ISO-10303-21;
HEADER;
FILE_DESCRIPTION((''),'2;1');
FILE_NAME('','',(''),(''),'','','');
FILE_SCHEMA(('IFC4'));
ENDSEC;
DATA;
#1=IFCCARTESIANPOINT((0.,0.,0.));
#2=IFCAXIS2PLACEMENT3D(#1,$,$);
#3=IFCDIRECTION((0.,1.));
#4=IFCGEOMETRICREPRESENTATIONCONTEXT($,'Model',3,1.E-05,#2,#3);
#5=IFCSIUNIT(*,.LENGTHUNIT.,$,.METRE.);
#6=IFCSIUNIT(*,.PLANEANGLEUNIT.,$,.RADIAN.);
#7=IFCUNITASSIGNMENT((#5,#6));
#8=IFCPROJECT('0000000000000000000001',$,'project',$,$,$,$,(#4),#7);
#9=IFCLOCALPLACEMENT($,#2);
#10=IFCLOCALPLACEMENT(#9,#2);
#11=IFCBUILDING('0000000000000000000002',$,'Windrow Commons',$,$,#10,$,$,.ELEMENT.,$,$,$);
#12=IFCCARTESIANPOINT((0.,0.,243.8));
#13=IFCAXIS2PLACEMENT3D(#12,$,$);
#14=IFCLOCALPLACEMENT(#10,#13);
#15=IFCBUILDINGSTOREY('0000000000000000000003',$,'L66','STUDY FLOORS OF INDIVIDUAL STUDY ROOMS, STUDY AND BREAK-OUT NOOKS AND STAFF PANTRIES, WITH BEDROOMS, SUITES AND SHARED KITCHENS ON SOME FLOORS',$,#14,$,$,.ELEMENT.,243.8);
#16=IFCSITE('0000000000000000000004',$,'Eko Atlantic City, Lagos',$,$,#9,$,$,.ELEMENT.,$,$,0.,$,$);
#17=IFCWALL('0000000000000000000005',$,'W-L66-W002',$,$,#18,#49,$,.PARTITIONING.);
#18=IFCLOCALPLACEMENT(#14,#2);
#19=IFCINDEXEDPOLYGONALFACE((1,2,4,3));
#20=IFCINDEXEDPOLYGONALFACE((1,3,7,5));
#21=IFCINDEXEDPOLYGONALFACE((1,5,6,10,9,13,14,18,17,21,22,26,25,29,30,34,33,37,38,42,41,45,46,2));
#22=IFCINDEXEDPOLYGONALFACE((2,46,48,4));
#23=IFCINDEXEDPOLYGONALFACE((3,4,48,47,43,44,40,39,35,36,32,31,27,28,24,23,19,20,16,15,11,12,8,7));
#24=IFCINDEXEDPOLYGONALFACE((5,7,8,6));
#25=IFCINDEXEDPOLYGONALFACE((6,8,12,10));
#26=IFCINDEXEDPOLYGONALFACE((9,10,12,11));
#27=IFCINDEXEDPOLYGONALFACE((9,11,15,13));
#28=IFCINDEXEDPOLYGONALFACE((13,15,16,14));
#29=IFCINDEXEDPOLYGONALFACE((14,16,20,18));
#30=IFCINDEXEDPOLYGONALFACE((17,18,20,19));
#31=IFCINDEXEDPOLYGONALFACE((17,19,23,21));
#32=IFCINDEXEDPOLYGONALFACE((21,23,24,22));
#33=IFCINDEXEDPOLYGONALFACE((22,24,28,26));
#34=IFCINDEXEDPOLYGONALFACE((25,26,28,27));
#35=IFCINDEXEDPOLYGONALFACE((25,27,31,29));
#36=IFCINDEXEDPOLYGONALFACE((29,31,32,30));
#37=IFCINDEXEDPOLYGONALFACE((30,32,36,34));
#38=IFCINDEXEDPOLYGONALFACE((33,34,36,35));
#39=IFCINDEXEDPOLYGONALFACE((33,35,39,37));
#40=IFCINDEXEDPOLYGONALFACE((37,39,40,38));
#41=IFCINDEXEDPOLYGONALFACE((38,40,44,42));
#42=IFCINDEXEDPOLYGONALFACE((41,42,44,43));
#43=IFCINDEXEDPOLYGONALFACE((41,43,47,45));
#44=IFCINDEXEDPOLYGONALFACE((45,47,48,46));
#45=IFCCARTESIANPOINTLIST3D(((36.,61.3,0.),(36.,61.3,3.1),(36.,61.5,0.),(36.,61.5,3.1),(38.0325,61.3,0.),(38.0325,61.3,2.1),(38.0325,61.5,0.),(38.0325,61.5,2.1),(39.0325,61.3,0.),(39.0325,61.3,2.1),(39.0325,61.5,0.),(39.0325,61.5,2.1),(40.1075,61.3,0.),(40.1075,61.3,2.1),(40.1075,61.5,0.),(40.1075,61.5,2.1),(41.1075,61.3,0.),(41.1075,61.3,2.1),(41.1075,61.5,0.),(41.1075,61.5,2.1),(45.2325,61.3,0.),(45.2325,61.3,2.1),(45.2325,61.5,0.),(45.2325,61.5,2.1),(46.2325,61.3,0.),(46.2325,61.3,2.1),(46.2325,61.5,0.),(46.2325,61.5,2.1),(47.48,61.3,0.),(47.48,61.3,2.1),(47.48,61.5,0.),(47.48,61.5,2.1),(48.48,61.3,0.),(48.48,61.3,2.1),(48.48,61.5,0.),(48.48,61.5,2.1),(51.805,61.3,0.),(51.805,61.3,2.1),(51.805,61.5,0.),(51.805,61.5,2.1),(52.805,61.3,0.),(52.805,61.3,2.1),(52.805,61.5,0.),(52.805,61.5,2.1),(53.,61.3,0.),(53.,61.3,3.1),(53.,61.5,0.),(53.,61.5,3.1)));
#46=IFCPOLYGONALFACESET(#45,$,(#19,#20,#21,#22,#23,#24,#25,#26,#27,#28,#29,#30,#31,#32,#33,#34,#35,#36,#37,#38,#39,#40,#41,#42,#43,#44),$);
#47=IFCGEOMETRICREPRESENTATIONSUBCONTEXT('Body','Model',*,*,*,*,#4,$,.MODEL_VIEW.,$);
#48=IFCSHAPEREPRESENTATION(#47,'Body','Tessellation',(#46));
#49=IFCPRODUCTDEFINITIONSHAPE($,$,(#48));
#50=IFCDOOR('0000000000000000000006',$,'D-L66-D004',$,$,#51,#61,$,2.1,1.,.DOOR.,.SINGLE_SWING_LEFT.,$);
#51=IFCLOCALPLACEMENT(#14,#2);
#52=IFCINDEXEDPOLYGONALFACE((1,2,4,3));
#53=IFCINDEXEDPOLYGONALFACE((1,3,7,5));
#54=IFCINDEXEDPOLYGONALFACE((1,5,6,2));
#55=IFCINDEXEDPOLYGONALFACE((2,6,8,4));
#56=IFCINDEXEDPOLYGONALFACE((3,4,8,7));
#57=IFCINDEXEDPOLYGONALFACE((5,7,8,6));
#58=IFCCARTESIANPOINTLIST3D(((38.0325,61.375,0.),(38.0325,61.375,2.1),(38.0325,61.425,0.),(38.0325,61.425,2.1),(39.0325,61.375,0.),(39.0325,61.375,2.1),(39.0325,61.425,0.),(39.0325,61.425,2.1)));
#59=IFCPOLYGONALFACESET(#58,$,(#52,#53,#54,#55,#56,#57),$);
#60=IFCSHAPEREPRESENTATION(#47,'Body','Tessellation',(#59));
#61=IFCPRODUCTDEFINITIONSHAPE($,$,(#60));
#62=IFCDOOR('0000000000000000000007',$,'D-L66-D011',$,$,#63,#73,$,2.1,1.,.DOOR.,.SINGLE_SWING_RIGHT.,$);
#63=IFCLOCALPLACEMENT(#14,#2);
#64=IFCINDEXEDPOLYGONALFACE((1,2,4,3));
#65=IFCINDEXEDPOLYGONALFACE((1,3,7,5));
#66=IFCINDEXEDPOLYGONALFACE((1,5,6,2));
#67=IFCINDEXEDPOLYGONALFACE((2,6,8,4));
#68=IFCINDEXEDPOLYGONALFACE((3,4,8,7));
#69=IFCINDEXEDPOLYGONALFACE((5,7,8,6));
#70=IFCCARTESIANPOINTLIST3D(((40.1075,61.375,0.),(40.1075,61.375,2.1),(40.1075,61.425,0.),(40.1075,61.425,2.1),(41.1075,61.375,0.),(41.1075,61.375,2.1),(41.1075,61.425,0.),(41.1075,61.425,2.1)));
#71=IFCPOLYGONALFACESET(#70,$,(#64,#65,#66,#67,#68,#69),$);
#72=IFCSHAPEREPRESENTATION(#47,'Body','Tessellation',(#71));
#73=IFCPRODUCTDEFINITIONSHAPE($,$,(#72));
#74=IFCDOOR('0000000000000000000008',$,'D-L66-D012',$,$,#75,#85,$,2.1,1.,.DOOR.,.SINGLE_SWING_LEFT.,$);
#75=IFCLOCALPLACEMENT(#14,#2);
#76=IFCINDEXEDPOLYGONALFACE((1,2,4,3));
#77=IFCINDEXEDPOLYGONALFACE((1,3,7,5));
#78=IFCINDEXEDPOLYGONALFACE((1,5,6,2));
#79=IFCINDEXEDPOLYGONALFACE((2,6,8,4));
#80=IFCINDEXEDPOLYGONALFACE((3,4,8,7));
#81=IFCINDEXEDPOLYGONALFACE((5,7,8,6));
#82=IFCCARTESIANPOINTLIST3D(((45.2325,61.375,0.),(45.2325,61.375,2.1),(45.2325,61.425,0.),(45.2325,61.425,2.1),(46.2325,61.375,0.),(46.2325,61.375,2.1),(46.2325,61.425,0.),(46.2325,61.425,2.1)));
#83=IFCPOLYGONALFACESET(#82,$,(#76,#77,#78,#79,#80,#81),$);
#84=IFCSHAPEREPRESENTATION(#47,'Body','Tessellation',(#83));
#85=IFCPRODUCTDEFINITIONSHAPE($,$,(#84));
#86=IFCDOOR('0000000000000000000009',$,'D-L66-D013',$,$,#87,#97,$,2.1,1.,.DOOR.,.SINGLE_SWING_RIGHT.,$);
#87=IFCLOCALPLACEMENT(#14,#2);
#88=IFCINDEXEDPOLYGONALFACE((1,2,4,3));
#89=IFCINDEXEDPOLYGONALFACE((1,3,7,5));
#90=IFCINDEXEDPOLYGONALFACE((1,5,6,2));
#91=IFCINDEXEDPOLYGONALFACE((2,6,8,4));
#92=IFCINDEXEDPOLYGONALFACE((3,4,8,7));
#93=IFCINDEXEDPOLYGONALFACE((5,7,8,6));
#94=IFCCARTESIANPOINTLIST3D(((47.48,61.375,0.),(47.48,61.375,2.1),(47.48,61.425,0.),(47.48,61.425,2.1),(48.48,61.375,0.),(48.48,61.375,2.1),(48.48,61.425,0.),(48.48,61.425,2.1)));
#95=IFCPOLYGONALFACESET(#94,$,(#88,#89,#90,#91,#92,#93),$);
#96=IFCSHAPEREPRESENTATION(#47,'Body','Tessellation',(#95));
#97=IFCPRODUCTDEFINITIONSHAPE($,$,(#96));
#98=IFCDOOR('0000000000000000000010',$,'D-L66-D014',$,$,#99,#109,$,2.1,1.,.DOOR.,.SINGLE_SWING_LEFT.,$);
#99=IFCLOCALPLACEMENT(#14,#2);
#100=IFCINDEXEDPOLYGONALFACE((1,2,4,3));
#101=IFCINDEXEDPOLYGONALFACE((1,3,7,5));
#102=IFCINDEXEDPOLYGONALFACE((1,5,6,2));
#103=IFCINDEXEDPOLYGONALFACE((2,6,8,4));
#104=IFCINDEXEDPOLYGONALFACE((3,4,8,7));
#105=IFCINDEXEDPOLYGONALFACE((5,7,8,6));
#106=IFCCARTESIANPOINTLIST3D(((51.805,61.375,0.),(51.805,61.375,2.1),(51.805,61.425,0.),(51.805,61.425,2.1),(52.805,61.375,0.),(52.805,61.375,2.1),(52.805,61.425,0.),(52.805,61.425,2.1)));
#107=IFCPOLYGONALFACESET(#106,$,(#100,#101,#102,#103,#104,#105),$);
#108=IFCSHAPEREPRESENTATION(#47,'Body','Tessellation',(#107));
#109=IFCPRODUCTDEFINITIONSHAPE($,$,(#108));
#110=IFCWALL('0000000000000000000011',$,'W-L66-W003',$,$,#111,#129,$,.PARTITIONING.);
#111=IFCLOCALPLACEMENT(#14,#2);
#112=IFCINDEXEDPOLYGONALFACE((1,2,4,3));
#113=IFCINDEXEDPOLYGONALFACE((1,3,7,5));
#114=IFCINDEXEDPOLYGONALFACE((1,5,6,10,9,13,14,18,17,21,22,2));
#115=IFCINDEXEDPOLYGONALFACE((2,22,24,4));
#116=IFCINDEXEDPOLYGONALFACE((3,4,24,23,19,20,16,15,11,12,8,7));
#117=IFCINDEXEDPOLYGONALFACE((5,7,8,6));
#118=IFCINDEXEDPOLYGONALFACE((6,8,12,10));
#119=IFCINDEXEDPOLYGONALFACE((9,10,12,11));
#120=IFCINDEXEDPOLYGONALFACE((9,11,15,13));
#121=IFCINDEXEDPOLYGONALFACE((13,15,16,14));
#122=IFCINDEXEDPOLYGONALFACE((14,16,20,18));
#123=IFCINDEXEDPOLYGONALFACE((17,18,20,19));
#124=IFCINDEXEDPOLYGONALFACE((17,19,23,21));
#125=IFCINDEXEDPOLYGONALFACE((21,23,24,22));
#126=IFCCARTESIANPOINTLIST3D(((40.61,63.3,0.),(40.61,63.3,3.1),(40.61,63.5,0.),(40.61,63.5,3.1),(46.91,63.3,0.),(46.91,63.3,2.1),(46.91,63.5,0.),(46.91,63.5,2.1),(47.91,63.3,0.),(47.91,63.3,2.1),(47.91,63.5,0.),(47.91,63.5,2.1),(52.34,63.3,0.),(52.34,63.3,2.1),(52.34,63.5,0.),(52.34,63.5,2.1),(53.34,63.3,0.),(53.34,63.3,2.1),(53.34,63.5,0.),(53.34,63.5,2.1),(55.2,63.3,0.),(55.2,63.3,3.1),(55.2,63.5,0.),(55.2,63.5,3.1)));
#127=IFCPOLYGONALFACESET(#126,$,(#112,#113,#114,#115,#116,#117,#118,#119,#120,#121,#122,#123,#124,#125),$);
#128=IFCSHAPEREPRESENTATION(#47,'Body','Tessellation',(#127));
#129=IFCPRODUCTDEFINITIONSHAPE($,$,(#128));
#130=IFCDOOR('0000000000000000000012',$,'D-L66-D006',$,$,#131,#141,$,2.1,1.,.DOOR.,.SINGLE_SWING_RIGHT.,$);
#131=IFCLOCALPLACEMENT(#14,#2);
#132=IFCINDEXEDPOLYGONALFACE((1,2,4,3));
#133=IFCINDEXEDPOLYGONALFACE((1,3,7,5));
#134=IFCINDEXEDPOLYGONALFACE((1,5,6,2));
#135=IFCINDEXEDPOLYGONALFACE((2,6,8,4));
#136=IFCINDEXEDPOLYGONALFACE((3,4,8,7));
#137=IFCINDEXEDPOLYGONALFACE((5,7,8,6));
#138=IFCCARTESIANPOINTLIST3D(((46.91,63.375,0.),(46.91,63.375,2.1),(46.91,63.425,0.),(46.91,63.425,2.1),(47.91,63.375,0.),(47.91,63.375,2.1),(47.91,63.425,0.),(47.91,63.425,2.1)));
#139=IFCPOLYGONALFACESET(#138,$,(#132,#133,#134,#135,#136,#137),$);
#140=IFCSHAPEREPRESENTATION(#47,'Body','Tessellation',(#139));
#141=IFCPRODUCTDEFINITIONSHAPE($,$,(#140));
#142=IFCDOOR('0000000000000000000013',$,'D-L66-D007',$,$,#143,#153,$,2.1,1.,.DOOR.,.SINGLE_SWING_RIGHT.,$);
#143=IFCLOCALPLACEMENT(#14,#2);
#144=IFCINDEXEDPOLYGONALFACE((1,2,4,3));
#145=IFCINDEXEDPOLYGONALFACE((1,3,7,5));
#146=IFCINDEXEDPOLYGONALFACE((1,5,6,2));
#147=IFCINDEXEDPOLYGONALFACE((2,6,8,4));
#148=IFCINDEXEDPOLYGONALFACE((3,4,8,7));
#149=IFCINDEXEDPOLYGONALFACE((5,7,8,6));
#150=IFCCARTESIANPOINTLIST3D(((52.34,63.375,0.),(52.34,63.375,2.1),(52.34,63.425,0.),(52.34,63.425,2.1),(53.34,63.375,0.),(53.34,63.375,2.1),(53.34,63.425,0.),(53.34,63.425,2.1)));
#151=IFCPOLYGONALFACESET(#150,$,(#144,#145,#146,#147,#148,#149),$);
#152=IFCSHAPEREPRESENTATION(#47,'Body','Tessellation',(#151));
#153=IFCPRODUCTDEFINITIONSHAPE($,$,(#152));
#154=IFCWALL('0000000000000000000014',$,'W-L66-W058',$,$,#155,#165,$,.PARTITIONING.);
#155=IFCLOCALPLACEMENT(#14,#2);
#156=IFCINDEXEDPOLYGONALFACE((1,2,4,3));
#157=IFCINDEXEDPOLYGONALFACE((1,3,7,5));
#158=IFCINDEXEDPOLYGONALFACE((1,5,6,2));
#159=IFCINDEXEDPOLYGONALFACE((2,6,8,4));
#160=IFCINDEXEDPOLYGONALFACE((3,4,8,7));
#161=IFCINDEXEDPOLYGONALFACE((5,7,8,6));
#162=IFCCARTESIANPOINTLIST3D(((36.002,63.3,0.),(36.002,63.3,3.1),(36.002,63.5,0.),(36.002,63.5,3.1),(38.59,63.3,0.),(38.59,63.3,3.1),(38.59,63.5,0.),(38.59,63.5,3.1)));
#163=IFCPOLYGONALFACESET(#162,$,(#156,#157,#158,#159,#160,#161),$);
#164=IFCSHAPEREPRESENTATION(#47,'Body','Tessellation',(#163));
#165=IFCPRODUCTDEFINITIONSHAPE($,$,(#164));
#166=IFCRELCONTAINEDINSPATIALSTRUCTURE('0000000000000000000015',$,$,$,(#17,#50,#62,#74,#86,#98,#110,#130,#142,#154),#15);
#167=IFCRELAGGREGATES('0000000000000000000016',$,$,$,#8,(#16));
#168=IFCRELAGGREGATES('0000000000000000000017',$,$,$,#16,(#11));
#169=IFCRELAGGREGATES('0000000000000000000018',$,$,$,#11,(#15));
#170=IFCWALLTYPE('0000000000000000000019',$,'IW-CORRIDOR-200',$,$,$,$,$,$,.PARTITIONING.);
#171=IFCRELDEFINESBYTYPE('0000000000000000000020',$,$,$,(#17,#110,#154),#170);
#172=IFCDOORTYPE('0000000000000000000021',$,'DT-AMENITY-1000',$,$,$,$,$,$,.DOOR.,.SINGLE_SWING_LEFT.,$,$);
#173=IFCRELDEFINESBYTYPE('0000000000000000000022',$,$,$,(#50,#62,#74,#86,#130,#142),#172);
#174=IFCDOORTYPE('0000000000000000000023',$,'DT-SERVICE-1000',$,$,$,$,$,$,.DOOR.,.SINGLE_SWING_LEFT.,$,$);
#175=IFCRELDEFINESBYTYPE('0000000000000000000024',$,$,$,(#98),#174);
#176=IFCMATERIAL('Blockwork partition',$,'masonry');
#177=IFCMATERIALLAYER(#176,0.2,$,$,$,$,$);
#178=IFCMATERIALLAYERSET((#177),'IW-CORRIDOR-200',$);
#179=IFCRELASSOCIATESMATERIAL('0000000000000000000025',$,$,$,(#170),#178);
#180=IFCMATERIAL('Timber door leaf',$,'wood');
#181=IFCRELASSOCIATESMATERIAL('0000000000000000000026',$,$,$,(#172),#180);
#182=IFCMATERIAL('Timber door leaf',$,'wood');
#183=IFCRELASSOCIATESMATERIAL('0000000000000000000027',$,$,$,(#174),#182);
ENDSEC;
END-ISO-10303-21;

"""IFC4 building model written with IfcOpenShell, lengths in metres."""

from ifc_helpers import new_model, si_unit, direction, frame, frame_2d, origin, place, context, subcontext, project, spatial, rectangle, extrude, material, layer, layer_set, type_object, element, fill, save


model = new_model("IFC4")

# Units and contexts
model_context = context("Model", 3, precision=1e-05, world=origin(), true_north=direction((0.0, 1.0)))
body_context = subcontext(model_context, "Body", "Model", "MODEL_VIEW")
ifc_project = project(units=[si_unit("LENGTHUNIT", "METRE"), si_unit("PLANEANGLEUNIT", "RADIAN")], contexts=[model_context])

# Site, building, storey
site_placement = place(None, origin())
site = spatial("IfcSite", under=ifc_project, at=site_placement, Name="Eko Atlantic City, Lagos", CompositionType="ELEMENT", RefElevation=0.0)
building_placement = place(site_placement, origin())
building = spatial("IfcBuilding", under=site, at=building_placement, Name="Windrow Commons", CompositionType="ELEMENT")
storey_placement = place(building_placement, frame((0.0, 0.0, 243.8)))
storey = spatial("IfcBuildingStorey", under=building, at=storey_placement, Name="L66", Description="STUDY FLOORS OF INDIVIDUAL STUDY ROOMS, STUDY AND BREAK-OUT NOOKS AND STAFF PANTRIES, WITH BEDROOMS, SUITES AND SHARED KITCHENS ON SOME FLOORS", CompositionType="ELEMENT", Elevation=243.8)

# Walls, openings, doors
ifc_material_1 = material(Name="Blockwork partition", Category="masonry")
ifc_layer_1 = layer(ifc_material_1, 0.2)
ifc_layer_set_1 = layer_set([ifc_layer_1], Name="IW-CORRIDOR-200")
wall_type_1 = type_object("IfcWallType", Name="IW-CORRIDOR-200", PredefinedType="PARTITIONING", material=ifc_layer_set_1)
wall_1_placement = place(storey_placement, frame((36.0, 61.4, 0.0), z_axis=(0.0, 0.0, 1.0), x_axis=(1.0, 0.0, 0.0)))
wall_1 = element("IfcWall", 1, at=wall_1_placement, inside=storey, type_object=wall_type_1, Name="W-L66-W002", PredefinedType="PARTITIONING", context=body_context, shape_type="SweptSolid", body=[
    extrude(rectangle(XDim=17.0, YDim=0.2, at=frame_2d((8.5, 0.0))), origin(), (0.0, 0.0, 1.0), 3.1),
])
opening_1_placement = place(wall_1_placement, frame((2.0325, 0.0, 0.0)))
opening_1 = element("IfcOpeningElement", 2, at=opening_1_placement, cuts=wall_1, PredefinedType="OPENING", context=body_context, shape_type="SweptSolid", body=[
    extrude(rectangle(XDim=1.0, YDim=2.1, at=frame_2d((0.5, 1.05))), frame((0.0, 0.11, 0.0), z_axis=(0.0, -1.0, 0.0), x_axis=(1.0, 0.0, 0.0)), (0.0, 0.0, 1.0), 0.22),
])
opening_2_placement = place(wall_1_placement, frame((4.1075, 0.0, 0.0)))
opening_2 = element("IfcOpeningElement", 3, at=opening_2_placement, cuts=wall_1, PredefinedType="OPENING", context=body_context, shape_type="SweptSolid", body=[
    extrude(rectangle(XDim=1.0, YDim=2.1, at=frame_2d((0.5, 1.05))), frame((0.0, 0.11, 0.0), z_axis=(0.0, -1.0, 0.0), x_axis=(1.0, 0.0, 0.0)), (0.0, 0.0, 1.0), 0.22),
])
opening_3_placement = place(wall_1_placement, frame((9.2325, 0.0, 0.0)))
opening_3 = element("IfcOpeningElement", 4, at=opening_3_placement, cuts=wall_1, PredefinedType="OPENING", context=body_context, shape_type="SweptSolid", body=[
    extrude(rectangle(XDim=1.0, YDim=2.1, at=frame_2d((0.5, 1.05))), frame((0.0, 0.11, 0.0), z_axis=(0.0, -1.0, 0.0), x_axis=(1.0, 0.0, 0.0)), (0.0, 0.0, 1.0), 0.22),
])
opening_4_placement = place(wall_1_placement, frame((11.48, 0.0, 0.0)))
opening_4 = element("IfcOpeningElement", 5, at=opening_4_placement, cuts=wall_1, PredefinedType="OPENING", context=body_context, shape_type="SweptSolid", body=[
    extrude(rectangle(XDim=1.0, YDim=2.1, at=frame_2d((0.5, 1.05))), frame((0.0, 0.11, 0.0), z_axis=(0.0, -1.0, 0.0), x_axis=(1.0, 0.0, 0.0)), (0.0, 0.0, 1.0), 0.22),
])
opening_5_placement = place(wall_1_placement, frame((15.805, 0.0, 0.0)))
opening_5 = element("IfcOpeningElement", 6, at=opening_5_placement, cuts=wall_1, PredefinedType="OPENING", context=body_context, shape_type="SweptSolid", body=[
    extrude(rectangle(XDim=1.0, YDim=2.1, at=frame_2d((0.5, 1.05))), frame((0.0, 0.11, 0.0), z_axis=(0.0, -1.0, 0.0), x_axis=(1.0, 0.0, 0.0)), (0.0, 0.0, 1.0), 0.22),
])
ifc_material_2 = material(Name="Timber door leaf", Category="wood")
door_type_1 = type_object("IfcDoorType", Name="DT-AMENITY-1000", OperationType="SINGLE_SWING_LEFT", PredefinedType="DOOR", material=ifc_material_2)
door_1_placement = place(opening_1_placement, origin())
door_1 = element("IfcDoor", 7, at=door_1_placement, inside=storey, type_object=door_type_1, Name="D-L66-D004", OperationType="SINGLE_SWING_LEFT", OverallHeight=2.1, OverallWidth=1.0, PredefinedType="DOOR", context=body_context, shape_type="SweptSolid", body=[
    extrude(rectangle(XDim=1.0, YDim=2.1, at=frame_2d((0.5, 1.05))), frame((0.0, 0.025, 0.0), z_axis=(0.0, -1.0, 0.0), x_axis=(1.0, 0.0, 0.0)), (0.0, 0.0, 1.0), 0.05),
])
fill(opening_1, door_1)
door_2_placement = place(opening_2_placement, origin())
door_2 = element("IfcDoor", 8, at=door_2_placement, inside=storey, type_object=door_type_1, Name="D-L66-D011", OperationType="SINGLE_SWING_RIGHT", OverallHeight=2.1, OverallWidth=1.0, PredefinedType="DOOR", context=body_context, shape_type="SweptSolid", body=[
    extrude(rectangle(XDim=1.0, YDim=2.1, at=frame_2d((0.5, 1.05))), frame((0.0, 0.025, 0.0), z_axis=(0.0, -1.0, 0.0), x_axis=(1.0, 0.0, 0.0)), (0.0, 0.0, 1.0), 0.05),
])
fill(opening_2, door_2)
door_3_placement = place(opening_3_placement, origin())
door_3 = element("IfcDoor", 9, at=door_3_placement, inside=storey, type_object=door_type_1, Name="D-L66-D012", OperationType="SINGLE_SWING_LEFT", OverallHeight=2.1, OverallWidth=1.0, PredefinedType="DOOR", context=body_context, shape_type="SweptSolid", body=[
    extrude(rectangle(XDim=1.0, YDim=2.1, at=frame_2d((0.5, 1.05))), frame((0.0, 0.025, 0.0), z_axis=(0.0, -1.0, 0.0), x_axis=(1.0, 0.0, 0.0)), (0.0, 0.0, 1.0), 0.05),
])
fill(opening_3, door_3)
door_4_placement = place(opening_4_placement, origin())
door_4 = element("IfcDoor", 10, at=door_4_placement, inside=storey, type_object=door_type_1, Name="D-L66-D013", OperationType="SINGLE_SWING_RIGHT", OverallHeight=2.1, OverallWidth=1.0, PredefinedType="DOOR", context=body_context, shape_type="SweptSolid", body=[
    extrude(rectangle(XDim=1.0, YDim=2.1, at=frame_2d((0.5, 1.05))), frame((0.0, 0.025, 0.0), z_axis=(0.0, -1.0, 0.0), x_axis=(1.0, 0.0, 0.0)), (0.0, 0.0, 1.0), 0.05),
])
fill(opening_4, door_4)
ifc_material_3 = material(Name="Timber door leaf", Category="wood")
door_type_2 = type_object("IfcDoorType", Name="DT-SERVICE-1000", OperationType="SINGLE_SWING_LEFT", PredefinedType="DOOR", material=ifc_material_3)
door_5_placement = place(opening_5_placement, origin())
door_5 = element("IfcDoor", 11, at=door_5_placement, inside=storey, type_object=door_type_2, Name="D-L66-D014", OperationType="SINGLE_SWING_LEFT", OverallHeight=2.1, OverallWidth=1.0, PredefinedType="DOOR", context=body_context, shape_type="SweptSolid", body=[
    extrude(rectangle(XDim=1.0, YDim=2.1, at=frame_2d((0.5, 1.05))), frame((0.0, 0.025, 0.0), z_axis=(0.0, -1.0, 0.0), x_axis=(1.0, 0.0, 0.0)), (0.0, 0.0, 1.0), 0.05),
])
fill(opening_5, door_5)
wall_2_placement = place(storey_placement, frame((40.61, 63.4, 0.0), z_axis=(0.0, 0.0, 1.0), x_axis=(1.0, 0.0, 0.0)))
wall_2 = element("IfcWall", 12, at=wall_2_placement, inside=storey, type_object=wall_type_1, Name="W-L66-W003", PredefinedType="PARTITIONING", context=body_context, shape_type="SweptSolid", body=[
    extrude(rectangle(XDim=14.59, YDim=0.2, at=frame_2d((7.295, 0.0))), origin(), (0.0, 0.0, 1.0), 3.1),
])
opening_6_placement = place(wall_2_placement, frame((6.3, 0.0, 0.0)))
opening_6 = element("IfcOpeningElement", 13, at=opening_6_placement, cuts=wall_2, PredefinedType="OPENING", context=body_context, shape_type="SweptSolid", body=[
    extrude(rectangle(XDim=1.0, YDim=2.1, at=frame_2d((0.5, 1.05))), frame((0.0, 0.11, 0.0), z_axis=(0.0, -1.0, 0.0), x_axis=(1.0, 0.0, 0.0)), (0.0, 0.0, 1.0), 0.22),
])
opening_7_placement = place(wall_2_placement, frame((11.73, 0.0, 0.0)))
opening_7 = element("IfcOpeningElement", 14, at=opening_7_placement, cuts=wall_2, PredefinedType="OPENING", context=body_context, shape_type="SweptSolid", body=[
    extrude(rectangle(XDim=1.0, YDim=2.1, at=frame_2d((0.5, 1.05))), frame((0.0, 0.11, 0.0), z_axis=(0.0, -1.0, 0.0), x_axis=(1.0, 0.0, 0.0)), (0.0, 0.0, 1.0), 0.22),
])
door_6_placement = place(opening_6_placement, origin())
door_6 = element("IfcDoor", 15, at=door_6_placement, inside=storey, type_object=door_type_1, Name="D-L66-D006", OperationType="SINGLE_SWING_RIGHT", OverallHeight=2.1, OverallWidth=1.0, PredefinedType="DOOR", context=body_context, shape_type="SweptSolid", body=[
    extrude(rectangle(XDim=1.0, YDim=2.1, at=frame_2d((0.5, 1.05))), frame((0.0, 0.025, 0.0), z_axis=(0.0, -1.0, 0.0), x_axis=(1.0, 0.0, 0.0)), (0.0, 0.0, 1.0), 0.05),
])
fill(opening_6, door_6)
door_7_placement = place(opening_7_placement, origin())
door_7 = element("IfcDoor", 16, at=door_7_placement, inside=storey, type_object=door_type_1, Name="D-L66-D007", OperationType="SINGLE_SWING_RIGHT", OverallHeight=2.1, OverallWidth=1.0, PredefinedType="DOOR", context=body_context, shape_type="SweptSolid", body=[
    extrude(rectangle(XDim=1.0, YDim=2.1, at=frame_2d((0.5, 1.05))), frame((0.0, 0.025, 0.0), z_axis=(0.0, -1.0, 0.0), x_axis=(1.0, 0.0, 0.0)), (0.0, 0.0, 1.0), 0.05),
])
fill(opening_7, door_7)

# Wall
wall_3_placement = place(storey_placement, frame((36.002, 63.4, 0.0), z_axis=(0.0, 0.0, 1.0), x_axis=(1.0, 0.0, 0.0)))
element("IfcWall", 17, at=wall_3_placement, inside=storey, type_object=wall_type_1, Name="W-L66-W058", PredefinedType="PARTITIONING", context=body_context, shape_type="SweptSolid", body=[
    extrude(rectangle(XDim=2.588, YDim=0.2, at=frame_2d((1.294, 0.0))), origin(), (0.0, 0.0, 1.0), 3.1),
])

save(model, "model.ifc")
